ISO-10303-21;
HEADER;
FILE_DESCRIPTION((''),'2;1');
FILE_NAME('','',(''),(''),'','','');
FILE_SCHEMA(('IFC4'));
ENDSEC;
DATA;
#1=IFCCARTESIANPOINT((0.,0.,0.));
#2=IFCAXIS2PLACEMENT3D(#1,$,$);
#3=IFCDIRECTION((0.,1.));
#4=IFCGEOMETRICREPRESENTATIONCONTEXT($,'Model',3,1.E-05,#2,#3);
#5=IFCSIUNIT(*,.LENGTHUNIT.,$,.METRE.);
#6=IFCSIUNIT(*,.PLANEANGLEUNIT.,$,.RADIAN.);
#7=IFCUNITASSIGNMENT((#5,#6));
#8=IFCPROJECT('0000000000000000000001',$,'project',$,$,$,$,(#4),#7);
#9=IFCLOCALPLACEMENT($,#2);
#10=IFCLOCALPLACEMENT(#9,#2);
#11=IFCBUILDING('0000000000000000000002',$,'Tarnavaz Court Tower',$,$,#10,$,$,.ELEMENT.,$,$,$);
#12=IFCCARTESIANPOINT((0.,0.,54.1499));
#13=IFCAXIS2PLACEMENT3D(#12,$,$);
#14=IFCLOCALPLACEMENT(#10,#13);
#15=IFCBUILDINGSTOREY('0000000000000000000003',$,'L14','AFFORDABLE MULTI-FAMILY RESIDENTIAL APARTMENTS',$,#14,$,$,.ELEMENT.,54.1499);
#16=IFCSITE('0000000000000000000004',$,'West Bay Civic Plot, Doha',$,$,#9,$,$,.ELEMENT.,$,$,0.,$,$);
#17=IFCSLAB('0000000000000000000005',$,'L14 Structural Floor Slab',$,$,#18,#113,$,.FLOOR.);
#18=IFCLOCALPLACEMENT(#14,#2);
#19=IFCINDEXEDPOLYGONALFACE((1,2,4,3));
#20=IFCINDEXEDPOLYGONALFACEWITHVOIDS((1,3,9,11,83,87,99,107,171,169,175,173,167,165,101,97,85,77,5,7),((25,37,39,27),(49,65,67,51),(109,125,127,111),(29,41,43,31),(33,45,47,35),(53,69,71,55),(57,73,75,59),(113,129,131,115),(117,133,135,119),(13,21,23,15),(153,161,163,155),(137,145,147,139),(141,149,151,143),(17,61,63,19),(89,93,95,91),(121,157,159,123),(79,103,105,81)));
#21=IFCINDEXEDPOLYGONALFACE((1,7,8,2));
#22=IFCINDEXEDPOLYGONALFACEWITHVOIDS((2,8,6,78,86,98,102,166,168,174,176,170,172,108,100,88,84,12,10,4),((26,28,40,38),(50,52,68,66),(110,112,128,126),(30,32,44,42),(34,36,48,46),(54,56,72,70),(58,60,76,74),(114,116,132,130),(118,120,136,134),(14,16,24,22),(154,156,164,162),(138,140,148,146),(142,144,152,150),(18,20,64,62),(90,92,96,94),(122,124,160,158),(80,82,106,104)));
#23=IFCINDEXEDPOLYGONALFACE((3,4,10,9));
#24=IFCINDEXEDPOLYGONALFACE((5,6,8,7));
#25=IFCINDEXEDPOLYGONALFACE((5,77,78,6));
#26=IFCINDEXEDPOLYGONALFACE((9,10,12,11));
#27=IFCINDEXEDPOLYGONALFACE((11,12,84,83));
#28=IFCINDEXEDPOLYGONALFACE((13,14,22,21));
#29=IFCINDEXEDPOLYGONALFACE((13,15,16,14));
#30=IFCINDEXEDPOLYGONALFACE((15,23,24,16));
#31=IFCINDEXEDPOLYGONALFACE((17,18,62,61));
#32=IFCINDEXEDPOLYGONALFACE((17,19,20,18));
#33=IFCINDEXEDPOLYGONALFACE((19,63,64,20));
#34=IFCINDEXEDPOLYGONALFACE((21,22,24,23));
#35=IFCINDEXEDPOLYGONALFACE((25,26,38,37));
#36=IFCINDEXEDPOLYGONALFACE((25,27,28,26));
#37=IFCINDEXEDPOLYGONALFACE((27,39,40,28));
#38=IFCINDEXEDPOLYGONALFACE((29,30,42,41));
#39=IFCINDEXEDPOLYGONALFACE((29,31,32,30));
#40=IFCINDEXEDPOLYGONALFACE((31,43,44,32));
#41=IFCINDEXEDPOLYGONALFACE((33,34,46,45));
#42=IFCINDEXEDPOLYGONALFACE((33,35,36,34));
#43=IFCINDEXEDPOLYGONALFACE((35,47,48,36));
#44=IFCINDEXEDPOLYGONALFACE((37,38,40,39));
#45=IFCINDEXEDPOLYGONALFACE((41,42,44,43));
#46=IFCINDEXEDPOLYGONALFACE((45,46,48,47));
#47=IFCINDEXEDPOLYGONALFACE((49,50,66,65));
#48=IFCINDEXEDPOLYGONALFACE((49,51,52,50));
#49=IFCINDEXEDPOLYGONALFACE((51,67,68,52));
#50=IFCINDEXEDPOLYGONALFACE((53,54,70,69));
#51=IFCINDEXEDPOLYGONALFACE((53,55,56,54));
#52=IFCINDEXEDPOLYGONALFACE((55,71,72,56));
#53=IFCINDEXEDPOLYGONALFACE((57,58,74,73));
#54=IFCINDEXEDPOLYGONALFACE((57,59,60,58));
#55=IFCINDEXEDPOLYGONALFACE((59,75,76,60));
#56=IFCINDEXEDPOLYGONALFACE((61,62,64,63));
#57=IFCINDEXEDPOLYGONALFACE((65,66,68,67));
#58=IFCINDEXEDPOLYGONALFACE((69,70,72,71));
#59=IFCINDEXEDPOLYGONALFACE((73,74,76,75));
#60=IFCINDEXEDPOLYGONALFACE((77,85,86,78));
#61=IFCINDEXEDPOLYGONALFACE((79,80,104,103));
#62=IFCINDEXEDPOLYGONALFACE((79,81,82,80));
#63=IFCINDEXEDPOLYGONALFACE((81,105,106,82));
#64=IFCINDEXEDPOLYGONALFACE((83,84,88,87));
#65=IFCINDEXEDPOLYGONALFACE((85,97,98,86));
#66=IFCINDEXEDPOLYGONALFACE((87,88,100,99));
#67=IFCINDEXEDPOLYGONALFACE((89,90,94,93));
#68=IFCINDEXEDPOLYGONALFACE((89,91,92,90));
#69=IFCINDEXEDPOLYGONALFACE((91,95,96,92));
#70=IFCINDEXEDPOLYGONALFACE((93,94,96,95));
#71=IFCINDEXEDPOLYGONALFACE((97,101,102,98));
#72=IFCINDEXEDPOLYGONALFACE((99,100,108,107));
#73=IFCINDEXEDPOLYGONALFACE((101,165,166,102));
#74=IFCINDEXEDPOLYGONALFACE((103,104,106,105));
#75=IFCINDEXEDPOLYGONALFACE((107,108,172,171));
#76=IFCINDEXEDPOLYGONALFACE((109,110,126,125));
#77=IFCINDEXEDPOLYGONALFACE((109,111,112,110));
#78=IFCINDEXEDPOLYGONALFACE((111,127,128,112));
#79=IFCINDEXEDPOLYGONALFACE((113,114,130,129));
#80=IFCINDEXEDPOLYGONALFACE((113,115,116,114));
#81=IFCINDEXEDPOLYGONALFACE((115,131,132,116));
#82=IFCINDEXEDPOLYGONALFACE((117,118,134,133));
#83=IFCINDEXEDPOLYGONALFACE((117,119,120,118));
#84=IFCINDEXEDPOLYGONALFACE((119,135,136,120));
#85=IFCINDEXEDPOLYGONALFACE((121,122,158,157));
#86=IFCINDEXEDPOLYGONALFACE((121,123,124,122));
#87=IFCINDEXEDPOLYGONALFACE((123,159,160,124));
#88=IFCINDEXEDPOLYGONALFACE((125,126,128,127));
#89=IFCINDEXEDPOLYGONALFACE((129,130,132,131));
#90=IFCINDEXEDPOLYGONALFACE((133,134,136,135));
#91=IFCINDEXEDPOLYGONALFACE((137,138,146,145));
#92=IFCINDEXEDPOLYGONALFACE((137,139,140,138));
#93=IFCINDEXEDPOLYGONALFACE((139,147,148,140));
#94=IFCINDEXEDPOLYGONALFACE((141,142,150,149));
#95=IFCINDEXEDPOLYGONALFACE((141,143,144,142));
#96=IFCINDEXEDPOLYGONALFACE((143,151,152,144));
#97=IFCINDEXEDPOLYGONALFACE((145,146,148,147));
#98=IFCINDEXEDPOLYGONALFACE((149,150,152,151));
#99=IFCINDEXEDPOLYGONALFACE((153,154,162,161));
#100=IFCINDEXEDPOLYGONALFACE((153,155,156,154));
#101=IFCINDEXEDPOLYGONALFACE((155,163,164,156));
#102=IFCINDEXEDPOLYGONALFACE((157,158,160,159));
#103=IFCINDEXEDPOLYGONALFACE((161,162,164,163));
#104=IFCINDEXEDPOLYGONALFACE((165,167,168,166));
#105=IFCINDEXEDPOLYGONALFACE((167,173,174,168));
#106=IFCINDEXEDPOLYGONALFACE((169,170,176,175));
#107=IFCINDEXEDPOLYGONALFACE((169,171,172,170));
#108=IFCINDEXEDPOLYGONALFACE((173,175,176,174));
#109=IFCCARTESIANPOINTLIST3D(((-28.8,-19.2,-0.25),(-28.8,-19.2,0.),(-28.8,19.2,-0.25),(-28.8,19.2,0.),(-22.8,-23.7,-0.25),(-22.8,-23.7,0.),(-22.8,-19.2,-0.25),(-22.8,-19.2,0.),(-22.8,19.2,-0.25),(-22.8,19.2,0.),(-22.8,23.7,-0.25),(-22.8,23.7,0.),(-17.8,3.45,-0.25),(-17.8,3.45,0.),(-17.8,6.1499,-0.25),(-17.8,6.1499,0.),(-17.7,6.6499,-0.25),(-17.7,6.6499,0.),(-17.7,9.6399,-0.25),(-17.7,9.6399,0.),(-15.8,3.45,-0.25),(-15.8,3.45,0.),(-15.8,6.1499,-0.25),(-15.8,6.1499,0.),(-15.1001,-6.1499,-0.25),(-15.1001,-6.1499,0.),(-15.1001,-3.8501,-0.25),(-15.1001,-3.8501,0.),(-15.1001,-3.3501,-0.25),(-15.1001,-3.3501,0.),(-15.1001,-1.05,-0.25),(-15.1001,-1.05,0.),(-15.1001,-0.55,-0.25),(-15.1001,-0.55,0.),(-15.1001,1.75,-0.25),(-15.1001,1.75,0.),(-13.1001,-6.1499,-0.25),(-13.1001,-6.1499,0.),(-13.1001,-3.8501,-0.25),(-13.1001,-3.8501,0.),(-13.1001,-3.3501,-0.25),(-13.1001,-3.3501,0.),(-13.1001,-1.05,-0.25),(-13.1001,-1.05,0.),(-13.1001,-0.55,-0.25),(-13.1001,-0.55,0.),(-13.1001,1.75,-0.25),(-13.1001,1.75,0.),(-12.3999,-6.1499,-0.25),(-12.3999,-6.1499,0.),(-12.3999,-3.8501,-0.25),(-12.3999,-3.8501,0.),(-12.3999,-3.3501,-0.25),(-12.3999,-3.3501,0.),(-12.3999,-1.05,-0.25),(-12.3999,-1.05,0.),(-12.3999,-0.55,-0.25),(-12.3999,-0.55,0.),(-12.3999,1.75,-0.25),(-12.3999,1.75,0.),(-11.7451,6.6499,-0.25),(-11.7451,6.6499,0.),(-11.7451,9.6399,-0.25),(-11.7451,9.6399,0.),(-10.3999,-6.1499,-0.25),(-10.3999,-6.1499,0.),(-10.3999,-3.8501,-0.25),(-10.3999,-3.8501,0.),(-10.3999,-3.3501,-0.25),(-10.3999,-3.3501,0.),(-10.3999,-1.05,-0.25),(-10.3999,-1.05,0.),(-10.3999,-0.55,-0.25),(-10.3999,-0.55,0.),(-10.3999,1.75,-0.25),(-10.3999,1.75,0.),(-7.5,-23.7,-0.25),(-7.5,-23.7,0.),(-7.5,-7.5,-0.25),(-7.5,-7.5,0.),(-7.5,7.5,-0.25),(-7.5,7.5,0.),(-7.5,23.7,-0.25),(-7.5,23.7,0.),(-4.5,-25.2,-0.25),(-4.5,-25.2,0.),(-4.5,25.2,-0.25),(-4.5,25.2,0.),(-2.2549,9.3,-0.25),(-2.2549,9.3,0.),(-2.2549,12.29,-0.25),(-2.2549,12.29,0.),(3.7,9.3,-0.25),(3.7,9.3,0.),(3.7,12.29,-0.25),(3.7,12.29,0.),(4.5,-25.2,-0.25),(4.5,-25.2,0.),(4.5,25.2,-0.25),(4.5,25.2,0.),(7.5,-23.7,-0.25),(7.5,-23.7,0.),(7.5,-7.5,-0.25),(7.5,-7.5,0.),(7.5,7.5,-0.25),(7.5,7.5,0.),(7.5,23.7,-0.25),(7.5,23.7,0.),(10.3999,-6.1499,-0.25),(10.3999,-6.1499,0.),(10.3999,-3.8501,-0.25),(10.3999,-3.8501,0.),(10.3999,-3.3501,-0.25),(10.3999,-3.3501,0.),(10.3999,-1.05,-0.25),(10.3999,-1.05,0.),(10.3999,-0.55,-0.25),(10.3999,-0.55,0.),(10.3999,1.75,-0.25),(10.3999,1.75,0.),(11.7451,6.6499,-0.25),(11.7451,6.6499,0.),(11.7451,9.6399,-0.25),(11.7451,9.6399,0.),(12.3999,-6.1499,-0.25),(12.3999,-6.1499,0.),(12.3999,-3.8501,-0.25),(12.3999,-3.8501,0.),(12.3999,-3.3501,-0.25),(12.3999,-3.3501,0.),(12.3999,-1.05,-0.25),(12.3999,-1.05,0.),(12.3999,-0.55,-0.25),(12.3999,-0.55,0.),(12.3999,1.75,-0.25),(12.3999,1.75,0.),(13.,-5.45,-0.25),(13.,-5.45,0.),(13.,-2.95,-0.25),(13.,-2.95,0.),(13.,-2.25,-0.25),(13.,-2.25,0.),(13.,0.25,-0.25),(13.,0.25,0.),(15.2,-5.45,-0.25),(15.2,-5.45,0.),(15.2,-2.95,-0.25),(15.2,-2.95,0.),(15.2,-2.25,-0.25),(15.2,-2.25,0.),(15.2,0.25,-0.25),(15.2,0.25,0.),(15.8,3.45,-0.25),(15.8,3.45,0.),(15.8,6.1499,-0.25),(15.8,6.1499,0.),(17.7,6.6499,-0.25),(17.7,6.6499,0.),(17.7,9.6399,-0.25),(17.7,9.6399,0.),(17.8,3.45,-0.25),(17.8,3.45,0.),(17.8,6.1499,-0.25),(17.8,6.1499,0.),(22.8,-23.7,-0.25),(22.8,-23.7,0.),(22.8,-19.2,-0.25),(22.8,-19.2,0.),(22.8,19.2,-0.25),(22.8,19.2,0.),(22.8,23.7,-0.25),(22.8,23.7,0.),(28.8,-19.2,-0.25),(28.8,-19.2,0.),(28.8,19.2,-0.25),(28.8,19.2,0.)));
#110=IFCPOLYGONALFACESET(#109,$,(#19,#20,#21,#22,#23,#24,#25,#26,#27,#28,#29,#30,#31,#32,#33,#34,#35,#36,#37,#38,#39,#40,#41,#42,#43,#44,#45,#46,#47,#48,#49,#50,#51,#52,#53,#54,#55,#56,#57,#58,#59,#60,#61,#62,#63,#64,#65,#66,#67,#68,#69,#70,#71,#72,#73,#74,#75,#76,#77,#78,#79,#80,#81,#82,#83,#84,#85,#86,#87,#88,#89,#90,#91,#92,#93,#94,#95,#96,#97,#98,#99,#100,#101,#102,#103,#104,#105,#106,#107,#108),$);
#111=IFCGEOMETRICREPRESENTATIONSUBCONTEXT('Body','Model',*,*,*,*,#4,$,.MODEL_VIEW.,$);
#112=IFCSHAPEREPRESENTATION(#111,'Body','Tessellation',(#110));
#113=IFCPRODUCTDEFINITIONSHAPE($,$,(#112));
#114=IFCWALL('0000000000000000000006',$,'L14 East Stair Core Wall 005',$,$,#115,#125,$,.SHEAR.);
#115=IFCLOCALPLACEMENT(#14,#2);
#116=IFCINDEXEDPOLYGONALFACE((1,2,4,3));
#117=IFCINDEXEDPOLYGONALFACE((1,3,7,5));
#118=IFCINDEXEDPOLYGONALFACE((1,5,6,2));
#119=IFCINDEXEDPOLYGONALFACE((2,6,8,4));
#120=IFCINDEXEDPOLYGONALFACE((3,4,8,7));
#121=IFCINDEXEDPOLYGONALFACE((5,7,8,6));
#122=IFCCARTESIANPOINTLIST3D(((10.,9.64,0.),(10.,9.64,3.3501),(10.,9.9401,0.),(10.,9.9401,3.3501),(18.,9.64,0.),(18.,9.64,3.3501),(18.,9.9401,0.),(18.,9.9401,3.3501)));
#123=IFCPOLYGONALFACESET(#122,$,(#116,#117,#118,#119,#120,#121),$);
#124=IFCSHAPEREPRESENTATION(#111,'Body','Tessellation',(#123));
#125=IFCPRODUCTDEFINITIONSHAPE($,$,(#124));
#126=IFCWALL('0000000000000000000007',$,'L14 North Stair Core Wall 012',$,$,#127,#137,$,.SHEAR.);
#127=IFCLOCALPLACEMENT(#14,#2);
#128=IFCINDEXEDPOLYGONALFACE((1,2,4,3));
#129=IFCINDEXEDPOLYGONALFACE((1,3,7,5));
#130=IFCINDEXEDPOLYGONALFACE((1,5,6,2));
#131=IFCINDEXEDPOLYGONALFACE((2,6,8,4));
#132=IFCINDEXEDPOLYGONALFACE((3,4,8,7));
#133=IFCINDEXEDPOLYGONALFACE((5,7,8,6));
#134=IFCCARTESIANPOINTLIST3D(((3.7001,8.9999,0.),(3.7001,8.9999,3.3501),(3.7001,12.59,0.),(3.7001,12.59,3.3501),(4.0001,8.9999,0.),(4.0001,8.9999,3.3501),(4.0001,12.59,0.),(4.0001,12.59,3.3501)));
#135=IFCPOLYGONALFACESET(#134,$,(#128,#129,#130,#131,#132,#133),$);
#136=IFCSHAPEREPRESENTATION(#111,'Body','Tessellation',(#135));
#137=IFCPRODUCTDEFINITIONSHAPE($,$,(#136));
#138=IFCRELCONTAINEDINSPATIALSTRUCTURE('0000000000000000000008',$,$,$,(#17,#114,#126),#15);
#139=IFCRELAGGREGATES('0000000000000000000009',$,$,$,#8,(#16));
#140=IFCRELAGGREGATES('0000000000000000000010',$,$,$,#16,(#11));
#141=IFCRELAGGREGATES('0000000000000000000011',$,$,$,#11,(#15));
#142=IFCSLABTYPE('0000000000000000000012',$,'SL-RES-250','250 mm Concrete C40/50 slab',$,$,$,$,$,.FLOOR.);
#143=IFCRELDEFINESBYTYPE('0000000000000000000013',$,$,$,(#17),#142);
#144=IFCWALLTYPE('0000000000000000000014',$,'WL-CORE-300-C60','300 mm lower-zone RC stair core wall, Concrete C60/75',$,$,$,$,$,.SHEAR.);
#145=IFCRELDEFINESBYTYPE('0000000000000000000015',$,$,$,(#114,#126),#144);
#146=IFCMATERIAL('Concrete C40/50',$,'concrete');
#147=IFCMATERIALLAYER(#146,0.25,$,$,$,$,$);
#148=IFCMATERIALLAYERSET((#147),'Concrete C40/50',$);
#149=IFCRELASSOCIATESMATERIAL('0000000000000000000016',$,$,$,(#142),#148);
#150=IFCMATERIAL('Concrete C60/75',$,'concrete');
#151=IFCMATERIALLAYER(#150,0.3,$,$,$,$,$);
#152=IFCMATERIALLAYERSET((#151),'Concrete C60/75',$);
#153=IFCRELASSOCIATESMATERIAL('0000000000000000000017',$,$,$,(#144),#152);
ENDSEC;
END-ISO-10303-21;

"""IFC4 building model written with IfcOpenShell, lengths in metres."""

from ifc_helpers import new_model, si_unit, direction, frame, frame_2d, origin, place, context, subcontext, project, spatial, polyline, rectangle, outline, extrude, material, layer, layer_set, type_object, element, save


model = new_model("IFC4")

# Units and contexts
model_context = context("Model", 3, precision=1e-05, world=origin(), true_north=direction((0.0, 1.0)))
body_context = subcontext(model_context, "Body", "Model", "MODEL_VIEW")
ifc_project = project(units=[si_unit("LENGTHUNIT", "METRE"), si_unit("PLANEANGLEUNIT", "RADIAN")], contexts=[model_context])

# Site, building, storey
site_placement = place(None, origin())
site = spatial("IfcSite", under=ifc_project, at=site_placement, Name="West Bay Civic Plot, Doha", CompositionType="ELEMENT", RefElevation=0.0)
building_placement = place(site_placement, origin())
building = spatial("IfcBuilding", under=site, at=building_placement, Name="Tarnavaz Court Tower", CompositionType="ELEMENT")
storey_placement = place(building_placement, frame((0.0, 0.0, 54.1499)))
storey = spatial("IfcBuildingStorey", under=building, at=storey_placement, Name="L14", Description="AFFORDABLE MULTI-FAMILY RESIDENTIAL APARTMENTS", CompositionType="ELEMENT", Elevation=54.1499)

# Shared definitions
ifc_material_1 = material(Name="Concrete C60/75", Category="concrete")

# Shared definitions
ifc_material_2 = material(Name="Concrete C40/50", Category="concrete")

# Slab
ifc_layer_1 = layer(ifc_material_2, 0.25)
ifc_layer_set_1 = layer_set([ifc_layer_1], Name="Concrete C40/50")
slab_type_1 = type_object("IfcSlabType", Name="SL-RES-250", Description="250 mm Concrete C40/50 slab", PredefinedType="FLOOR", material=ifc_layer_set_1)
slab_1_placement = place(storey_placement, frame((0.0, 0.0, -0.25)))
element("IfcSlab", 1, at=slab_1_placement, inside=storey, type_object=slab_type_1, Name="L14 Structural Floor Slab", PredefinedType="FLOOR", context=body_context, shape_type="SweptSolid", body=[
    extrude(outline(polyline([(-22.8, -23.7), (-7.5, -23.7), (-4.5, -25.2), (4.5, -25.2), (7.5, -23.7), (22.8, -23.7), (22.8, -19.2), (28.8, -19.2), (28.8, 19.2), (22.8, 19.2), (22.8, 23.7), (7.5, 23.7), (4.5, 25.2), (-4.5, 25.2), (-7.5, 23.7), (-22.8, 23.7), (-22.8, 19.2), (-28.8, 19.2), (-28.8, -19.2), (-22.8, -19.2), (-22.8, -23.7)]), holes=[polyline([(-7.5, -7.5), (7.5, -7.5), (7.5, 7.5), (-7.5, 7.5), (-7.5, -7.5)]), polyline([(-11.7451, 9.6399), (-17.7, 9.6399), (-17.7, 6.6499), (-11.7451, 6.6499), (-11.7451, 9.6399)]), polyline([(11.7451, 6.6499), (17.7, 6.6499), (17.7, 9.6399), (11.7451, 9.6399), (11.7451, 6.6499)]), polyline([(-2.2549, 9.3), (3.7, 9.3), (3.7, 12.29), (-2.2549, 12.29), (-2.2549, 9.3)]), polyline([(-17.8, 3.45), (-15.8, 3.45), (-15.8, 6.1499), (-17.8, 6.1499), (-17.8, 3.45)]), polyline([(-12.3999, -6.1499), (-10.3999, -6.1499), (-10.3999, -3.8501), (-12.3999, -3.8501), (-12.3999, -6.1499)]), polyline([(-12.3999, -3.3501), (-10.3999, -3.3501), (-10.3999, -1.05), (-12.3999, -1.05), (-12.3999, -3.3501)]), polyline([(-12.3999, -0.55), (-10.3999, -0.55), (-10.3999, 1.75), (-12.3999, 1.75), (-12.3999, -0.55)]), polyline([(-15.1001, -6.1499), (-13.1001, -6.1499), (-13.1001, -3.8501), (-15.1001, -3.8501), (-15.1001, -6.1499)]), polyline([(-15.1001, -3.3501), (-13.1001, -3.3501), (-13.1001, -1.05), (-15.1001, -1.05), (-15.1001, -3.3501)]), polyline([(-15.1001, -0.55), (-13.1001, -0.55), (-13.1001, 1.75), (-15.1001, 1.75), (-15.1001, -0.55)]), polyline([(15.8, 3.45), (17.8, 3.45), (17.8, 6.1499), (15.8, 6.1499), (15.8, 3.45)]), polyline([(10.3999, -6.1499), (12.3999, -6.1499), (12.3999, -3.8501), (10.3999, -3.8501), (10.3999, -6.1499)]), polyline([(10.3999, -3.3501), (12.3999, -3.3501), (12.3999, -1.05), (10.3999, -1.05), (10.3999, -3.3501)]), polyline([(10.3999, -0.55), (12.3999, -0.55), (12.3999, 1.75), (10.3999, 1.75), (10.3999, -0.55)]), polyline([(13.0, -5.45), (15.2, -5.45), (15.2, -2.95), (13.0, -2.95), (13.0, -5.45)]), polyline([(13.0, -2.25), (15.2, -2.25), (15.2, 0.25), (13.0, 0.25), (13.0, -2.25)])]), origin(), (0.0, 0.0, 1.0), 0.25),
])

# Wall
ifc_layer_2 = layer(ifc_material_1, 0.3)
ifc_layer_set_2 = layer_set([ifc_layer_2], Name="Concrete C60/75")
wall_type_1 = type_object("IfcWallType", Name="WL-CORE-300-C60", Description="300 mm lower-zone RC stair core wall, Concrete C60/75", PredefinedType="SHEAR", material=ifc_layer_set_2)
wall_1_placement = place(storey_placement, frame((10.0, 9.79, 0.0), z_axis=(0.0, 0.0, 1.0), x_axis=(1.0, 0.0, 0.0)))
element("IfcWall", 2, at=wall_1_placement, inside=storey, type_object=wall_type_1, Name="L14 East Stair Core Wall 005", PredefinedType="SHEAR", context=body_context, shape_type="SweptSolid", body=[
    extrude(rectangle(XDim=8.0, YDim=0.3, at=frame_2d((4.0, 0.0))), origin(), (0.0, 0.0, 1.0), 3.3501),
])

# Wall
wall_2_placement = place(storey_placement, frame((3.8501, 9.0, 0.0), z_axis=(0.0, 0.0, 1.0), x_axis=(0.0, 1.0, 0.0)))
element("IfcWall", 3, at=wall_2_placement, inside=storey, type_object=wall_type_1, Name="L14 North Stair Core Wall 012", PredefinedType="SHEAR", context=body_context, shape_type="SweptSolid", body=[
    extrude(rectangle(XDim=3.5901, YDim=0.3, at=frame_2d((1.7949, 0.0))), origin(), (0.0, 0.0, 1.0), 3.3501),
])

save(model, "model.ifc")
